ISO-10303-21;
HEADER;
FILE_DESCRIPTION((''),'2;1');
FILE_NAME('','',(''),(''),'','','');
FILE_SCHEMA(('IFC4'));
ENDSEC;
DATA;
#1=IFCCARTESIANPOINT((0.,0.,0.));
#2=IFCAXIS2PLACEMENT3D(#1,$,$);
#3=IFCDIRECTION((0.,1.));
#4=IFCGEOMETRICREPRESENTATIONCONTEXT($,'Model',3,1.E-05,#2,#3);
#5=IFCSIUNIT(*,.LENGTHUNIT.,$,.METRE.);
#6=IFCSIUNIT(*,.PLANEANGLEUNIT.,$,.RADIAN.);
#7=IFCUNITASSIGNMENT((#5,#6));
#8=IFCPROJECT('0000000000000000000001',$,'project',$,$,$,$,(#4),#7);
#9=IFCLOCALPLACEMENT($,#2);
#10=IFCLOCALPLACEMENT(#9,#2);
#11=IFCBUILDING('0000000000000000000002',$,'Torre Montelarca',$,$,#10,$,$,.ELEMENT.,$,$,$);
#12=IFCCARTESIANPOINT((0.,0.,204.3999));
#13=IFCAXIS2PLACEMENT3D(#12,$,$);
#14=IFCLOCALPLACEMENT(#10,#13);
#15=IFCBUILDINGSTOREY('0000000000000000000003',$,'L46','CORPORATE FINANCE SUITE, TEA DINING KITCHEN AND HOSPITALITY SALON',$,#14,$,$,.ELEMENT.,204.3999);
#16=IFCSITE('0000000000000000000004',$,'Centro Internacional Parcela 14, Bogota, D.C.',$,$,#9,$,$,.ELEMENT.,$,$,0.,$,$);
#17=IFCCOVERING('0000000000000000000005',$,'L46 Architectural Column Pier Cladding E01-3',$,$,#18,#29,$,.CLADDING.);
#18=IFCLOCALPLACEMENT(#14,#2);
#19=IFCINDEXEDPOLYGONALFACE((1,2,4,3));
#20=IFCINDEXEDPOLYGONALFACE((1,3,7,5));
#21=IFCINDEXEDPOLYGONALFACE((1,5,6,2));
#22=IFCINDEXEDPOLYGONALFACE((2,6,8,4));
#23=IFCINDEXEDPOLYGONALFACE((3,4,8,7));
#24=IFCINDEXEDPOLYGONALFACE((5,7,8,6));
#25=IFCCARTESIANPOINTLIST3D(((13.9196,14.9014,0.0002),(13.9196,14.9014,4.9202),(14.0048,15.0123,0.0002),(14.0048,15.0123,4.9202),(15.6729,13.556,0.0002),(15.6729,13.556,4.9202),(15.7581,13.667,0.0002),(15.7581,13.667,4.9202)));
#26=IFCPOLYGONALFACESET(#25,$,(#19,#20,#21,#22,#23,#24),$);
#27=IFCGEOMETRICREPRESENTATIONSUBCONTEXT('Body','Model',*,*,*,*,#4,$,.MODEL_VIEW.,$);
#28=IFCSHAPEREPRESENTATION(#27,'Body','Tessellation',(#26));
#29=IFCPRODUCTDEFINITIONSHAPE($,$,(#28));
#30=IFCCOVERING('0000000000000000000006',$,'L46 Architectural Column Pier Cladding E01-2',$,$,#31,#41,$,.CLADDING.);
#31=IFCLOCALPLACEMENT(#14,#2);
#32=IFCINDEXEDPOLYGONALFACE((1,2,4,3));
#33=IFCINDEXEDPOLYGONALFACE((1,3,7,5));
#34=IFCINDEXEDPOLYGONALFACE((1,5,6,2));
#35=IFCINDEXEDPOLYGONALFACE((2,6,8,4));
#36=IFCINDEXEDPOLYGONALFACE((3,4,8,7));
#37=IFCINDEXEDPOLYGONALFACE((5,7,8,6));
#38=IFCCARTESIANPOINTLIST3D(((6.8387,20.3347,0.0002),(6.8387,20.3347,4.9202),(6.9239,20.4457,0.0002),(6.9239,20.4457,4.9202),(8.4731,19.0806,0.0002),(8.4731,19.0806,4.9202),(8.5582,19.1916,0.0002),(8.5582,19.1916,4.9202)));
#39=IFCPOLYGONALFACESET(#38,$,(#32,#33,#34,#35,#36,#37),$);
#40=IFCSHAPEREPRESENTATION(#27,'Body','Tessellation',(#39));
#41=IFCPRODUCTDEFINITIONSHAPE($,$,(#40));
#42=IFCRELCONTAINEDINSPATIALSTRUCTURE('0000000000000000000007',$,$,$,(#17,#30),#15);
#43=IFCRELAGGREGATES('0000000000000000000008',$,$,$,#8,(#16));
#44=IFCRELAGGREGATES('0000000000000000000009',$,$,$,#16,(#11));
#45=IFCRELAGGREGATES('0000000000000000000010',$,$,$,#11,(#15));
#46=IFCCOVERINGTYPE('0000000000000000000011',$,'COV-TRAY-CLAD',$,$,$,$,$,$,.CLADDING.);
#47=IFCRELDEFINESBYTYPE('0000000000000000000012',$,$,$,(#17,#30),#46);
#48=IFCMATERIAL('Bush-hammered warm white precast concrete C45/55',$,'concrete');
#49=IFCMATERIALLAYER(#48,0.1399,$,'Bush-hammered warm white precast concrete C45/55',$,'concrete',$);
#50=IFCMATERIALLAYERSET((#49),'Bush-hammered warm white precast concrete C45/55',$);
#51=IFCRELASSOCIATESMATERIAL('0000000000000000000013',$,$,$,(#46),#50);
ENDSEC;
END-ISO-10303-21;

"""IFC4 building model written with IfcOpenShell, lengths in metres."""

from ifc_helpers import new_model, si_unit, direction, frame, origin, origin_2d, place, context, subcontext, project, spatial, rectangle, extrude, source, transform, mapped, material, layer, layer_set, type_object, element, save


model = new_model("IFC4")

# Units and contexts
model_context = context("Model", 3, precision=1e-05, world=origin(), true_north=direction((0.0, 1.0)))
body_context = subcontext(model_context, "Body", "Model", "MODEL_VIEW")
ifc_project = project(units=[si_unit("LENGTHUNIT", "METRE"), si_unit("PLANEANGLEUNIT", "RADIAN")], contexts=[model_context])

# Site, building, storey
site_placement = place(None, origin())
site = spatial("IfcSite", under=ifc_project, at=site_placement, Name="Centro Internacional Parcela 14, Bogota, D.C.", CompositionType="ELEMENT", RefElevation=0.0)
building_placement = place(site_placement, origin())
building = spatial("IfcBuilding", under=site, at=building_placement, Name="Torre Montelarca", CompositionType="ELEMENT")
storey_placement = place(building_placement, frame((0.0, 0.0, 204.3999)))
storey = spatial("IfcBuildingStorey", under=building, at=storey_placement, Name="L46", Description="CORPORATE FINANCE SUITE, TEA DINING KITCHEN AND HOSPITALITY SALON", CompositionType="ELEMENT", Elevation=204.3999)

# Coverings
ifc_material_1 = material(Name="Bush-hammered warm white precast concrete C45/55", Category="concrete")
ifc_layer_1 = layer(ifc_material_1, 0.1399, Name="Bush-hammered warm white precast concrete C45/55", Category="concrete")
ifc_layer_set_1 = layer_set([ifc_layer_1], Name="Bush-hammered warm white precast concrete C45/55")
covering_type = type_object("IfcCoveringType", Name="COV-TRAY-CLAD", PredefinedType="CLADDING", material=ifc_layer_set_1)
shared_shape_1 = source(origin(), body_context, "Body", "SweptSolid", [
    extrude(rectangle(XDim=2.21, YDim=0.1399, at=origin_2d()), origin(), (0.0, 0.0, 1.0), 4.9199),
])
covering_1_placement = place(storey_placement, frame((14.8389, 14.2842, 0.0002), z_axis=(0.0, 0.0, 1.0), x_axis=(0.793352, -0.608763, 0.0)))
element("IfcCovering", 1, at=covering_1_placement, inside=storey, type_object=covering_type, Name="L46 Architectural Column Pier Cladding E01-3", PredefinedType="CLADDING", context=body_context, shape_type="MappedRepresentation", body=[
    mapped(shared_shape_1, transform((0.0, 0.0, 0.0), scale=1.0)),
])
shared_shape_2 = source(origin(), body_context, "Body", "SweptSolid", [
    extrude(rectangle(XDim=2.0601, YDim=0.1399, at=origin_2d()), origin(), (0.0, 0.0, 1.0), 4.9199),
])
covering_2_placement = place(storey_placement, frame((7.6985, 19.7632, 0.0002), z_axis=(0.0, 0.0, 1.0), x_axis=(0.793352, -0.608763, 0.0)))
element("IfcCovering", 2, at=covering_2_placement, inside=storey, type_object=covering_type, Name="L46 Architectural Column Pier Cladding E01-2", PredefinedType="CLADDING", context=body_context, shape_type="MappedRepresentation", body=[
    mapped(shared_shape_2, transform((0.0, 0.0, 0.0), scale=1.0)),
])

save(model, "model.ifc")
